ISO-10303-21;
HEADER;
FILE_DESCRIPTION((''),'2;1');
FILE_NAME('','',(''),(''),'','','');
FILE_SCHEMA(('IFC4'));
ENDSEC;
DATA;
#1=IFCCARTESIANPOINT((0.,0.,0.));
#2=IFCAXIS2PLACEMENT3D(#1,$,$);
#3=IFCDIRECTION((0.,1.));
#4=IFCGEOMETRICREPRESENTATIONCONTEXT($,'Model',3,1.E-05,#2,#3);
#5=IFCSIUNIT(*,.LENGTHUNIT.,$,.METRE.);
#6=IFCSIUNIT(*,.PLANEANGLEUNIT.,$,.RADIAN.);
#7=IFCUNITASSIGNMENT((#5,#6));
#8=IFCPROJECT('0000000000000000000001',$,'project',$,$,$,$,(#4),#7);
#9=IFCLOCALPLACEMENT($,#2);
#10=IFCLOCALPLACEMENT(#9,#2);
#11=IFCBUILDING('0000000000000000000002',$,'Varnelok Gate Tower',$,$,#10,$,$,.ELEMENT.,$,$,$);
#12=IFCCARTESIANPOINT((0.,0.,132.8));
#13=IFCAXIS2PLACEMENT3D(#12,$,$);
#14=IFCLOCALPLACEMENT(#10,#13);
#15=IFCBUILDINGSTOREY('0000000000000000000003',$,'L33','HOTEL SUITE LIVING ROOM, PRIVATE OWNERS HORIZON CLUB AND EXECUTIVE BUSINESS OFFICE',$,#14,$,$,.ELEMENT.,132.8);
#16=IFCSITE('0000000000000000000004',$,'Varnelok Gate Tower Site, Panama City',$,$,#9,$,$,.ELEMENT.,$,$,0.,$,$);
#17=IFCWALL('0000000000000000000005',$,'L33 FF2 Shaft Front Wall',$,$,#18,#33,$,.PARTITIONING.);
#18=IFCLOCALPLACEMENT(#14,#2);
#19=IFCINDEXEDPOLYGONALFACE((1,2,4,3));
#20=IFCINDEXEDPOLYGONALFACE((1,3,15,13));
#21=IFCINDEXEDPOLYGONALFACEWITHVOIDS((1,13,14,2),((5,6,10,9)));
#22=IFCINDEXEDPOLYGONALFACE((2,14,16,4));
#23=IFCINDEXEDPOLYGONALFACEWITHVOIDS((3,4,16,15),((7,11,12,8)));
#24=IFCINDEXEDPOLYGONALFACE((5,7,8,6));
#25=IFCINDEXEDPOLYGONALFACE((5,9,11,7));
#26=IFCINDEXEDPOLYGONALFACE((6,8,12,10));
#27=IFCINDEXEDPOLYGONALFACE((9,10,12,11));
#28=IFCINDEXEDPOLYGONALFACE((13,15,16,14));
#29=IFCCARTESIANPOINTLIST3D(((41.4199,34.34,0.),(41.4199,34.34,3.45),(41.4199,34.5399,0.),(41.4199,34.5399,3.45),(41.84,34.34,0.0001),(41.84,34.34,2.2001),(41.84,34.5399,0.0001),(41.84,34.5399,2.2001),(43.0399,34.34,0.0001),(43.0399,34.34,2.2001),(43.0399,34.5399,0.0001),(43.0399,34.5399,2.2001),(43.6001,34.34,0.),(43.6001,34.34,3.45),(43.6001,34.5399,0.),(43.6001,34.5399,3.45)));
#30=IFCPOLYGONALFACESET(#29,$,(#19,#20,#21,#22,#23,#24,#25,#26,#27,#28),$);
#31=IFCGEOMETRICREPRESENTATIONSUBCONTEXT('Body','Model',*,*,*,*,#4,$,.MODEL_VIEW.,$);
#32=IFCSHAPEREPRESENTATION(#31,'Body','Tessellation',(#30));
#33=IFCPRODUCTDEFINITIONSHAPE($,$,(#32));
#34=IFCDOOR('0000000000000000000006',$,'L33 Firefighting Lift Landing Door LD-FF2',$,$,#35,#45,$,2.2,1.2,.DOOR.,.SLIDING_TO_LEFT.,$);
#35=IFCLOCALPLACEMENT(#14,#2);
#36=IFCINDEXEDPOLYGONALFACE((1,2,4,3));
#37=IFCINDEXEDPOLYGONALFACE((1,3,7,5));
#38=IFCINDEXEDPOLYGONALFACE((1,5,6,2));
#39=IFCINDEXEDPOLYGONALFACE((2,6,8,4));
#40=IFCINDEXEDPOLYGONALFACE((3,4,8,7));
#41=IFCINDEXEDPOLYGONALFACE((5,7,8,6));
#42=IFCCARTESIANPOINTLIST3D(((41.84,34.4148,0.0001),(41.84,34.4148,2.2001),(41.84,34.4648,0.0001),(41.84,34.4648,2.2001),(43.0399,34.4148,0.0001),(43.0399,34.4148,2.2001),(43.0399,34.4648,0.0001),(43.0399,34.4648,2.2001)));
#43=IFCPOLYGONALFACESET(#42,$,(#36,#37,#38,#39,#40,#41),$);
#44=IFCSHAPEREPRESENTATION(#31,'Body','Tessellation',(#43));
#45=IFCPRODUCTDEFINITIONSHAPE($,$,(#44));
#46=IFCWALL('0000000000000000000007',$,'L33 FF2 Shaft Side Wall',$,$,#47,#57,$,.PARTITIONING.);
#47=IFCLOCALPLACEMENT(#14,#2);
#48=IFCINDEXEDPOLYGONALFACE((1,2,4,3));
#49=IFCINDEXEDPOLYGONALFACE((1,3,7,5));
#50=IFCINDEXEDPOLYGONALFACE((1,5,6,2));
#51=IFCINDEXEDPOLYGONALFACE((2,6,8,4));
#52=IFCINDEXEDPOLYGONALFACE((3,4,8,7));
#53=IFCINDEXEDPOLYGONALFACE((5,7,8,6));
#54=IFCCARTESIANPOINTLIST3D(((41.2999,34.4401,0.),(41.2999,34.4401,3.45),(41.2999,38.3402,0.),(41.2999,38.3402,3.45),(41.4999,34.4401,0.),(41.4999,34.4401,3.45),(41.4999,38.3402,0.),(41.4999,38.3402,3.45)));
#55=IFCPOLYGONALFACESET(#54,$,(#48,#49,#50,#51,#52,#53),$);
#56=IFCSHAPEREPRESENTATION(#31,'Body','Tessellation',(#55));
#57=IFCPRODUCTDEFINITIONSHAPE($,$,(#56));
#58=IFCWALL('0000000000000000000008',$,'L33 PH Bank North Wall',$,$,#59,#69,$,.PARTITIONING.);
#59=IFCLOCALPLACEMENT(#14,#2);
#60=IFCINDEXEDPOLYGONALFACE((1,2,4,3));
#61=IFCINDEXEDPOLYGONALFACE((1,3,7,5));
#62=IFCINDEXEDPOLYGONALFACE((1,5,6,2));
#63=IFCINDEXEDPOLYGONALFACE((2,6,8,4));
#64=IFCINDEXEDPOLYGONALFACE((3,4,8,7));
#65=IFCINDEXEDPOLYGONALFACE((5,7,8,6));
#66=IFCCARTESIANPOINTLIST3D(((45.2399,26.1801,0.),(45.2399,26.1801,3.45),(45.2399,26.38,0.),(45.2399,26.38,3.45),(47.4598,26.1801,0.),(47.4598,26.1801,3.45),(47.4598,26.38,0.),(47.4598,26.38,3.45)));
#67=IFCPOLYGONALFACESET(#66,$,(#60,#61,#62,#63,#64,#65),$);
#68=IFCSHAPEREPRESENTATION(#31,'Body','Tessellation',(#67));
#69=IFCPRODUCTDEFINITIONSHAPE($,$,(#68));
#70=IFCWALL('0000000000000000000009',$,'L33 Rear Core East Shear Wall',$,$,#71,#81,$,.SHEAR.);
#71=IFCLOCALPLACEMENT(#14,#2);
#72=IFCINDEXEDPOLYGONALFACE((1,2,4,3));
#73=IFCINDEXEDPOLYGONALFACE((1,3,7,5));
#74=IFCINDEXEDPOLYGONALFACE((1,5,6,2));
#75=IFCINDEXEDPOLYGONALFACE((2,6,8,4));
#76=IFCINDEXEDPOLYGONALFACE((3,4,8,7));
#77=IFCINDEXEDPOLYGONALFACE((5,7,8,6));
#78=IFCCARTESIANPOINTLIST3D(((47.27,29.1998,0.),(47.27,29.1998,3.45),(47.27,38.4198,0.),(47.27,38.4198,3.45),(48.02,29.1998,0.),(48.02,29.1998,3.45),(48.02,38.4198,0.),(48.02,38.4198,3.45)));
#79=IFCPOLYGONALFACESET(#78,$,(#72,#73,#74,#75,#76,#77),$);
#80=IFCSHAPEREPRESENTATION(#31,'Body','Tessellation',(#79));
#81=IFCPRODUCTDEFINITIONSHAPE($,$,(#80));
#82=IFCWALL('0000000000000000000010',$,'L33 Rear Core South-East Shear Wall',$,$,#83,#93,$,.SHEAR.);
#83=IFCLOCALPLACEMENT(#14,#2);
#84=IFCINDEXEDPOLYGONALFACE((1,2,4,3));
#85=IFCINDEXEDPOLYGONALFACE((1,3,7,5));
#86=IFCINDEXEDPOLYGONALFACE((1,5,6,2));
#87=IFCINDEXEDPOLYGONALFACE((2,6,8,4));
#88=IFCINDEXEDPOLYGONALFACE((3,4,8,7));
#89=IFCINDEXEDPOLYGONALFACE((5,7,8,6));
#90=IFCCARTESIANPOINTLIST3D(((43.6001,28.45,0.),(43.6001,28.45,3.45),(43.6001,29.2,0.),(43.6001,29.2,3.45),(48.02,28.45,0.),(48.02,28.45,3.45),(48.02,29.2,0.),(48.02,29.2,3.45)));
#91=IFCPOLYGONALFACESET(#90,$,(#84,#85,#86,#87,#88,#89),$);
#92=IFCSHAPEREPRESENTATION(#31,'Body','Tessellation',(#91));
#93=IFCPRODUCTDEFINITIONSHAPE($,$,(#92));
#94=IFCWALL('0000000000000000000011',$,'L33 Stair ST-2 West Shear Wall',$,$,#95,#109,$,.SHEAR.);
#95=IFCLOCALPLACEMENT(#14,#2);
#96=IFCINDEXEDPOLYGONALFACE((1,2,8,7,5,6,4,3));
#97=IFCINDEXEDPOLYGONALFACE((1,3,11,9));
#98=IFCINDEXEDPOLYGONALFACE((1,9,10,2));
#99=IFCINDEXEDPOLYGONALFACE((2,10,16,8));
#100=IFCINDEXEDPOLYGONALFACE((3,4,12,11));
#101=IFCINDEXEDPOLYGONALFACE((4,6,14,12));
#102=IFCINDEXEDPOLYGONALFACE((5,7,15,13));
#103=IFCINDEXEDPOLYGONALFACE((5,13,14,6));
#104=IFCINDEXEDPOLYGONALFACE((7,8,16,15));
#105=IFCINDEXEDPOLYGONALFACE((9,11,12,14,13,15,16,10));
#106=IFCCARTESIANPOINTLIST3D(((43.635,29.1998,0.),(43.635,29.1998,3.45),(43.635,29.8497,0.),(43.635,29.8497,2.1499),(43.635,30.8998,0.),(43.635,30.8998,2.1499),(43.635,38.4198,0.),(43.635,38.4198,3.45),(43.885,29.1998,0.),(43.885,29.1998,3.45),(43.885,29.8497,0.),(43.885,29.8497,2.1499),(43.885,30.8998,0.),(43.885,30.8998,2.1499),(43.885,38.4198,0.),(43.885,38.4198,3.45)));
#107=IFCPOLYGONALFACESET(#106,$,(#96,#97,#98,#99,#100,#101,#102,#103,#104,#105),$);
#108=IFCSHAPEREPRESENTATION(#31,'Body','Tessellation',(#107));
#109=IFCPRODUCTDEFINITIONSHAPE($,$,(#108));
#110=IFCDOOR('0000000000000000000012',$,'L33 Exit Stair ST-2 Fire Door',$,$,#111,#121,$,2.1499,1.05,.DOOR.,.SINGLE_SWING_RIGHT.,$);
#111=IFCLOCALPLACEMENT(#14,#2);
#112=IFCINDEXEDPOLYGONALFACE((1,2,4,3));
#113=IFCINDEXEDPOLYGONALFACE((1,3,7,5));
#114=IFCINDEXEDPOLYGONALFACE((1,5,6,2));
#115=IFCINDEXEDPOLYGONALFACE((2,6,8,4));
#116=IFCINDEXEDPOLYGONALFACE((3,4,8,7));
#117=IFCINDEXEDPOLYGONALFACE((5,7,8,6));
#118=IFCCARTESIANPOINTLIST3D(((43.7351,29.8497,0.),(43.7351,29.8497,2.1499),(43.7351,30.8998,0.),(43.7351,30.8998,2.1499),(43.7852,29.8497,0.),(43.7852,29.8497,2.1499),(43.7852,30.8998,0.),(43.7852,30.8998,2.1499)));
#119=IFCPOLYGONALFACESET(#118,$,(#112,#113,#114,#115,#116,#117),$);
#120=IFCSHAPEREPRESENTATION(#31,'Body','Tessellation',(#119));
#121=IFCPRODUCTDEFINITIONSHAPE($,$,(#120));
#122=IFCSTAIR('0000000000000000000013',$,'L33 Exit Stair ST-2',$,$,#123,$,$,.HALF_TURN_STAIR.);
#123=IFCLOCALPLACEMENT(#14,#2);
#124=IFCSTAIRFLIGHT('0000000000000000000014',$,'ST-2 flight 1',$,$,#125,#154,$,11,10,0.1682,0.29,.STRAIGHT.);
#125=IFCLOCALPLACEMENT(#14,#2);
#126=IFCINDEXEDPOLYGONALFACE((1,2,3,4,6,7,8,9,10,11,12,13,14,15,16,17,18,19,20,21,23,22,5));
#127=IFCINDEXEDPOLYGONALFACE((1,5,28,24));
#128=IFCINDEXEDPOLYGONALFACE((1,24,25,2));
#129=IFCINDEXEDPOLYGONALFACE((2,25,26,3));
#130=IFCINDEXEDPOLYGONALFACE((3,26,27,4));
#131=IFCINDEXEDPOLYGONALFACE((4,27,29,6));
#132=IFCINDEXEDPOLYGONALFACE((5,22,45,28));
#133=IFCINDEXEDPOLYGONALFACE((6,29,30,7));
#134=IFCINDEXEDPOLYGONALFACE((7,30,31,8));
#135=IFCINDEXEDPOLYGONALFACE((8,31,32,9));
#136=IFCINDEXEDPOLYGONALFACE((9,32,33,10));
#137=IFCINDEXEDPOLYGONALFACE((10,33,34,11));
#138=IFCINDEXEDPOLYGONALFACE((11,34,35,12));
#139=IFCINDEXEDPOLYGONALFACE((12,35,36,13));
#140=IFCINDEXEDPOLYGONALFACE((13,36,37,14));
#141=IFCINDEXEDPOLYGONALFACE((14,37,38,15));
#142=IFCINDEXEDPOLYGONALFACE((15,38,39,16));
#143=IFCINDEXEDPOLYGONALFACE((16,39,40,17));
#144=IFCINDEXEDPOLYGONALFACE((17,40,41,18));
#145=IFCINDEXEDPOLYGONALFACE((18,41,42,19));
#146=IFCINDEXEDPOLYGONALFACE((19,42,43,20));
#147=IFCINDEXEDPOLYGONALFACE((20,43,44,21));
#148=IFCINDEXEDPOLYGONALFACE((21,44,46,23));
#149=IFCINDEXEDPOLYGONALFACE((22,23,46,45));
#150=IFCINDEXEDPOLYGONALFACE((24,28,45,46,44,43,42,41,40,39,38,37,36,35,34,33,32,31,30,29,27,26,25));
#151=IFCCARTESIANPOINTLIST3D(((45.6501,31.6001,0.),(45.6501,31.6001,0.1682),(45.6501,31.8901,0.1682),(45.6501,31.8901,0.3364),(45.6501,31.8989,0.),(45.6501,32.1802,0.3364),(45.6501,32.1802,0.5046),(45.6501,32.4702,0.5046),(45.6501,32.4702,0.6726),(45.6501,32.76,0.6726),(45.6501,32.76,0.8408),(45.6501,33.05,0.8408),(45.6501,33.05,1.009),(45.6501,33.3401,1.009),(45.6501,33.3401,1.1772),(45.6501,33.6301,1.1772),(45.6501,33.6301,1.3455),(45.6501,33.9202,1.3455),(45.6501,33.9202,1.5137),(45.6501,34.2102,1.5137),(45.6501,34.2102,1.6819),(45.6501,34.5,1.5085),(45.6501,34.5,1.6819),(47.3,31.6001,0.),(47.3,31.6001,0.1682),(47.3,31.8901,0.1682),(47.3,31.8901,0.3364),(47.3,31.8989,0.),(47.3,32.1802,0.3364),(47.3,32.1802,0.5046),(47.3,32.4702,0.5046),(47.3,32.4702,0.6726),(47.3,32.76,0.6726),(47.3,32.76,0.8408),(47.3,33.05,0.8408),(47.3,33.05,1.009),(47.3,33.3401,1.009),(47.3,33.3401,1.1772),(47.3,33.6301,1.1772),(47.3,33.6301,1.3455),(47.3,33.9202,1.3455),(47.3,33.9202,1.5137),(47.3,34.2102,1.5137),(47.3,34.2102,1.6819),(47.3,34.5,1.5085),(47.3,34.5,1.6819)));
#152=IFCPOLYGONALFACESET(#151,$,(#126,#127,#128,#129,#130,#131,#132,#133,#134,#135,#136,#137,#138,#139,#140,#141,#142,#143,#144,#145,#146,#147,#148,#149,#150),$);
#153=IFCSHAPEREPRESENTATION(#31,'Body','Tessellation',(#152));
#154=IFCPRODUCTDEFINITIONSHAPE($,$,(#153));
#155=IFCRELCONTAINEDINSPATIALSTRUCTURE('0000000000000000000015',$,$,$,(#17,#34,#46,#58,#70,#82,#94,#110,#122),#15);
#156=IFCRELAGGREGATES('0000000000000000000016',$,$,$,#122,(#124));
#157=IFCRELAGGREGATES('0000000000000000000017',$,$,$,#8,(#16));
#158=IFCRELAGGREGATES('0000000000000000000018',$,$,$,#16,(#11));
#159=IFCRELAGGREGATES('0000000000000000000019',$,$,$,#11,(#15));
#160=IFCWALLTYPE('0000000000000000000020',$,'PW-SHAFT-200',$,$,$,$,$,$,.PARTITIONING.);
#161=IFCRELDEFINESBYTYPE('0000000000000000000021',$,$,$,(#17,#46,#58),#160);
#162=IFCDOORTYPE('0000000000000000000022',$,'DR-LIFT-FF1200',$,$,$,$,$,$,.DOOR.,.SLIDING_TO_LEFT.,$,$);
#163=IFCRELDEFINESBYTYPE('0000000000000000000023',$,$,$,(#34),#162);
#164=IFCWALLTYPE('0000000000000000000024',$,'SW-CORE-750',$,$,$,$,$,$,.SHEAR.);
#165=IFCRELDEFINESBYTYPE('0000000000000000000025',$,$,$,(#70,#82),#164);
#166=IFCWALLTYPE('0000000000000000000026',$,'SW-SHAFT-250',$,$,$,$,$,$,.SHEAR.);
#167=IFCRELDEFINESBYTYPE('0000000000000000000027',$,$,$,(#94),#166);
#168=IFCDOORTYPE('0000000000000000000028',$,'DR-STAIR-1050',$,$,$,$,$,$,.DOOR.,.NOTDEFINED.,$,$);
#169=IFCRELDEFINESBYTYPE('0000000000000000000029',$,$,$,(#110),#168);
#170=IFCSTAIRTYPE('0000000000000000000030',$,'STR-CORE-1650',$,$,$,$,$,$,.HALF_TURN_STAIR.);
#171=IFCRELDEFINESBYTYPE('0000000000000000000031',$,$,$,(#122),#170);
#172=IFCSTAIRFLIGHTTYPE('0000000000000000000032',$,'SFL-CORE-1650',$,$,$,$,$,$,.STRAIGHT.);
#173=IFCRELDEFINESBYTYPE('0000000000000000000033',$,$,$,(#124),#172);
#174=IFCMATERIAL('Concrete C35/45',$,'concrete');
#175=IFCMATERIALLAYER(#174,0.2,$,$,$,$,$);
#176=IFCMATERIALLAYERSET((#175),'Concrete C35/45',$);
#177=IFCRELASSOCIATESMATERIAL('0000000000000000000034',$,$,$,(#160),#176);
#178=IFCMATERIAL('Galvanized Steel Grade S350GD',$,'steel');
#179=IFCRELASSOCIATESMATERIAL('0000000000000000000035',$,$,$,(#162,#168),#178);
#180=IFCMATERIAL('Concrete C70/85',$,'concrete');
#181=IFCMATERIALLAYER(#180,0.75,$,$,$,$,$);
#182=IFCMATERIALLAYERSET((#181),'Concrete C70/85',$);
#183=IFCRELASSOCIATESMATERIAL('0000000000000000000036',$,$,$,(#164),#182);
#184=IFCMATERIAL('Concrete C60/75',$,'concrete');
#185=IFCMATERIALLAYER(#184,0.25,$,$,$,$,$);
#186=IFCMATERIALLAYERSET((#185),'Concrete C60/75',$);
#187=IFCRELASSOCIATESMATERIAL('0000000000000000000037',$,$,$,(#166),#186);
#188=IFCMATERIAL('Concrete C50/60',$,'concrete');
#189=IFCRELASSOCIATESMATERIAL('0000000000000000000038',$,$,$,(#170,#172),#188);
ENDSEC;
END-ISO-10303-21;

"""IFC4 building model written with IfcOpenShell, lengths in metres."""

from ifc_helpers import new_model, si_unit, direction, frame, frame_2d, origin, place, context, subcontext, project, spatial, polyline, rectangle, outline, extrude, material, layer, layer_set, type_object, element, fill, aggregate, save


model = new_model("IFC4")

# Units and contexts
model_context = context("Model", 3, precision=1e-05, world=origin(), true_north=direction((0.0, 1.0)))
body_context = subcontext(model_context, "Body", "Model", "MODEL_VIEW")
ifc_project = project(units=[si_unit("LENGTHUNIT", "METRE"), si_unit("PLANEANGLEUNIT", "RADIAN")], contexts=[model_context])

# Site, building, storey
site_placement = place(None, origin())
site = spatial("IfcSite", under=ifc_project, at=site_placement, Name="Varnelok Gate Tower Site, Panama City", CompositionType="ELEMENT", RefElevation=0.0)
building_placement = place(site_placement, origin())
building = spatial("IfcBuilding", under=site, at=building_placement, Name="Varnelok Gate Tower", CompositionType="ELEMENT")
storey_placement = place(building_placement, frame((0.0, 0.0, 132.8)))
storey = spatial("IfcBuildingStorey", under=building, at=storey_placement, Name="L33", Description="HOTEL SUITE LIVING ROOM, PRIVATE OWNERS HORIZON CLUB AND EXECUTIVE BUSINESS OFFICE", CompositionType="ELEMENT", Elevation=132.8)

# Shared definitions
ifc_material_1 = material(Name="Concrete C70/85", Category="concrete")

# Shared definitions
ifc_material_2 = material(Name="Galvanized Steel Grade S350GD", Category="steel")

# Shared definitions
ifc_material_3 = material(Name="Concrete C35/45", Category="concrete")
ifc_layer_1 = layer(ifc_material_3, 0.2)
ifc_layer_set_1 = layer_set([ifc_layer_1], Name="Concrete C35/45")
wall_type_1 = type_object("IfcWallType", Name="PW-SHAFT-200", PredefinedType="PARTITIONING", material=ifc_layer_set_1)

# Wall, opening, door
wall_1_placement = place(storey_placement, frame((41.4199, 34.4399, 0.0), z_axis=(0.0, 0.0, 1.0), x_axis=(1.0, 0.0, 0.0)))
wall_1 = element("IfcWall", 1, at=wall_1_placement, inside=storey, type_object=wall_type_1, Name="L33 FF2 Shaft Front Wall", PredefinedType="PARTITIONING", context=body_context, shape_type="SweptSolid", body=[
    extrude(rectangle(XDim=2.1802, YDim=0.2, at=frame_2d((1.0901, 0.0))), origin(), (0.0, 0.0, 1.0), 3.45),
])
opening_1_placement = place(wall_1_placement, frame((0.4199, 0.0, 0.0)))
opening_1 = element("IfcOpeningElement", 2, at=opening_1_placement, cuts=wall_1, PredefinedType="OPENING", context=body_context, shape_type="SweptSolid", body=[
    extrude(rectangle(XDim=1.2, YDim=2.2, at=frame_2d((0.6001, 1.1001))), frame((0.0, 0.1099, 0.0), z_axis=(0.0, -1.0, 0.0), x_axis=(1.0, 0.0, 0.0)), (0.0, 0.0, 1.0), 0.22),
])
door_type_1 = type_object("IfcDoorType", Name="DR-LIFT-FF1200", OperationType="SLIDING_TO_LEFT", PredefinedType="DOOR", material=ifc_material_2)
door_1_placement = place(opening_1_placement, origin())
door_1 = element("IfcDoor", 3, at=door_1_placement, inside=storey, type_object=door_type_1, Name="L33 Firefighting Lift Landing Door LD-FF2", OperationType="SLIDING_TO_LEFT", OverallHeight=2.2, OverallWidth=1.2, PredefinedType="DOOR", context=body_context, shape_type="SweptSolid", body=[
    extrude(rectangle(XDim=1.2, YDim=2.2, at=frame_2d((0.6001, 1.1001))), frame((0.0, 0.0249, 0.0), z_axis=(0.0, -1.0, 0.0), x_axis=(1.0, 0.0, 0.0)), (0.0, 0.0, 1.0), 0.05),
])
fill(opening_1, door_1)

# Walls
wall_2_placement = place(storey_placement, frame((41.3999, 34.4399, 0.0), z_axis=(0.0, 0.0, 1.0), x_axis=(0.0, 1.0, 0.0)))
element("IfcWall", 4, at=wall_2_placement, inside=storey, type_object=wall_type_1, Name="L33 FF2 Shaft Side Wall", PredefinedType="PARTITIONING", context=body_context, shape_type="SweptSolid", body=[
    extrude(rectangle(XDim=3.9001, YDim=0.2, at=frame_2d((1.9502, 0.0))), origin(), (0.0, 0.0, 1.0), 3.45),
])
wall_3_placement = place(storey_placement, frame((45.24, 26.28, 0.0), z_axis=(0.0, 0.0, 1.0), x_axis=(1.0, 0.0, 0.0)))
element("IfcWall", 5, at=wall_3_placement, inside=storey, type_object=wall_type_1, Name="L33 PH Bank North Wall", PredefinedType="PARTITIONING", context=body_context, shape_type="SweptSolid", body=[
    extrude(rectangle(XDim=2.22, YDim=0.2, at=frame_2d((1.1099, 0.0))), origin(), (0.0, 0.0, 1.0), 3.45),
])
ifc_layer_2 = layer(ifc_material_1, 0.75)
ifc_layer_set_2 = layer_set([ifc_layer_2], Name="Concrete C70/85")
wall_type_2 = type_object("IfcWallType", Name="SW-CORE-750", PredefinedType="SHEAR", material=ifc_layer_set_2)
wall_4_placement = place(storey_placement, frame((47.645, 29.2, 0.0), z_axis=(0.0, 0.0, 1.0), x_axis=(0.0, 1.0, 0.0)))
element("IfcWall", 6, at=wall_4_placement, inside=storey, type_object=wall_type_2, Name="L33 Rear Core East Shear Wall", PredefinedType="SHEAR", context=body_context, shape_type="SweptSolid", body=[
    extrude(rectangle(XDim=9.22, YDim=0.75, at=frame_2d((4.6099, 0.0))), origin(), (0.0, 0.0, 1.0), 3.45),
])
wall_5_placement = place(storey_placement, frame((43.6001, 28.825, 0.0), z_axis=(0.0, 0.0, 1.0), x_axis=(1.0, 0.0, 0.0)))
element("IfcWall", 7, at=wall_5_placement, inside=storey, type_object=wall_type_2, Name="L33 Rear Core South-East Shear Wall", PredefinedType="SHEAR", context=body_context, shape_type="SweptSolid", body=[
    extrude(rectangle(XDim=4.4199, YDim=0.75, at=frame_2d((2.21, 0.0))), origin(), (0.0, 0.0, 1.0), 3.45),
])

# Wall, opening, door
ifc_material_4 = material(Name="Concrete C60/75", Category="concrete")
ifc_layer_3 = layer(ifc_material_4, 0.25)
ifc_layer_set_3 = layer_set([ifc_layer_3], Name="Concrete C60/75")
wall_type_3 = type_object("IfcWallType", Name="SW-SHAFT-250", PredefinedType="SHEAR", material=ifc_layer_set_3)
wall_6_placement = place(storey_placement, frame((43.76, 29.2, 0.0), z_axis=(0.0, 0.0, 1.0), x_axis=(0.0, 1.0, 0.0)))
wall_6 = element("IfcWall", 8, at=wall_6_placement, inside=storey, type_object=wall_type_3, Name="L33 Stair ST-2 West Shear Wall", PredefinedType="SHEAR", context=body_context, shape_type="SweptSolid", body=[
    extrude(rectangle(XDim=9.22, YDim=0.25, at=frame_2d((4.6099, 0.0))), origin(), (0.0, 0.0, 1.0), 3.45),
])
opening_2_placement = place(wall_6_placement, frame((0.6499, 0.0, 0.0)))
opening_2 = element("IfcOpeningElement", 9, at=opening_2_placement, cuts=wall_6, PredefinedType="OPENING", context=body_context, shape_type="SweptSolid", body=[
    extrude(rectangle(XDim=1.05, YDim=2.1499, at=frame_2d((0.5249, 1.075))), frame((0.0, 0.135, 0.0), z_axis=(0.0, -1.0, 0.0), x_axis=(1.0, 0.0, 0.0)), (0.0, 0.0, 1.0), 0.27),
])
door_type_2 = type_object("IfcDoorType", Name="DR-STAIR-1050", OperationType="NOTDEFINED", PredefinedType="DOOR", material=ifc_material_2)
door_2_placement = place(opening_2_placement, origin())
door_2 = element("IfcDoor", 10, at=door_2_placement, inside=storey, type_object=door_type_2, Name="L33 Exit Stair ST-2 Fire Door", OperationType="SINGLE_SWING_RIGHT", OverallHeight=2.1499, OverallWidth=1.05, PredefinedType="DOOR", context=body_context, shape_type="SweptSolid", body=[
    extrude(rectangle(XDim=1.05, YDim=2.1499, at=frame_2d((0.5249, 1.075))), frame((0.0, 0.0249, 0.0), z_axis=(0.0, -1.0, 0.0), x_axis=(1.0, 0.0, 0.0)), (0.0, 0.0, 1.0), 0.05),
])
fill(opening_2, door_2)

# Stair, stair flight
ifc_material_5 = material(Name="Concrete C50/60", Category="concrete")
stair_type = type_object("IfcStairType", Name="STR-CORE-1650", PredefinedType="HALF_TURN_STAIR", material=ifc_material_5)
stair_placement = place(storey_placement, origin())
stair = element("IfcStair", 11, at=stair_placement, inside=storey, type_object=stair_type, Name="L33 Exit Stair ST-2", PredefinedType="HALF_TURN_STAIR")
stair_flight_type = type_object("IfcStairFlightType", Name="SFL-CORE-1650", PredefinedType="STRAIGHT", material=ifc_material_5)
stair_flight_1_placement = place(storey_placement, frame((46.4751, 31.6001, 0.0), z_axis=(0.0, 0.0, 1.0), x_axis=(0.0, 1.0, 0.0)))
stair_flight_1 = element("IfcStairFlight", 12, at=stair_flight_1_placement, type_object=stair_flight_type, Name="ST-2 flight 1", NumberOfRisers=11, NumberOfTreads=10, PredefinedType="STRAIGHT", RiserHeight=0.1682, TreadLength=0.29, context=body_context, shape_type="SweptSolid", body=[
    extrude(outline(polyline([(0.0, 0.0), (0.0, 0.1682), (0.29, 0.1682), (0.29, 0.3364), (0.5801, 0.3364), (0.5801, 0.5046), (0.8701, 0.5046), (0.8701, 0.6726), (1.1599, 0.6726), (1.1599, 0.8408), (1.45, 0.8408), (1.45, 1.009), (1.74, 1.009), (1.74, 1.1772), (2.03, 1.1772), (2.03, 1.3455), (2.3201, 1.3455), (2.3201, 1.5137), (2.6101, 1.5137), (2.6101, 1.6819), (2.8999, 1.6819), (2.8999, 1.8501), (2.8999, 1.5085), (0.2988, 0.0), (0.0, 0.0)])), frame((0.0, 0.825, 0.0), z_axis=(0.0, -1.0, 0.0), x_axis=(1.0, 0.0, 0.0)), (0.0, 0.0, 1.0), 1.6499),
])
aggregate(stair, [stair_flight_1])

save(model, "model.ifc")
